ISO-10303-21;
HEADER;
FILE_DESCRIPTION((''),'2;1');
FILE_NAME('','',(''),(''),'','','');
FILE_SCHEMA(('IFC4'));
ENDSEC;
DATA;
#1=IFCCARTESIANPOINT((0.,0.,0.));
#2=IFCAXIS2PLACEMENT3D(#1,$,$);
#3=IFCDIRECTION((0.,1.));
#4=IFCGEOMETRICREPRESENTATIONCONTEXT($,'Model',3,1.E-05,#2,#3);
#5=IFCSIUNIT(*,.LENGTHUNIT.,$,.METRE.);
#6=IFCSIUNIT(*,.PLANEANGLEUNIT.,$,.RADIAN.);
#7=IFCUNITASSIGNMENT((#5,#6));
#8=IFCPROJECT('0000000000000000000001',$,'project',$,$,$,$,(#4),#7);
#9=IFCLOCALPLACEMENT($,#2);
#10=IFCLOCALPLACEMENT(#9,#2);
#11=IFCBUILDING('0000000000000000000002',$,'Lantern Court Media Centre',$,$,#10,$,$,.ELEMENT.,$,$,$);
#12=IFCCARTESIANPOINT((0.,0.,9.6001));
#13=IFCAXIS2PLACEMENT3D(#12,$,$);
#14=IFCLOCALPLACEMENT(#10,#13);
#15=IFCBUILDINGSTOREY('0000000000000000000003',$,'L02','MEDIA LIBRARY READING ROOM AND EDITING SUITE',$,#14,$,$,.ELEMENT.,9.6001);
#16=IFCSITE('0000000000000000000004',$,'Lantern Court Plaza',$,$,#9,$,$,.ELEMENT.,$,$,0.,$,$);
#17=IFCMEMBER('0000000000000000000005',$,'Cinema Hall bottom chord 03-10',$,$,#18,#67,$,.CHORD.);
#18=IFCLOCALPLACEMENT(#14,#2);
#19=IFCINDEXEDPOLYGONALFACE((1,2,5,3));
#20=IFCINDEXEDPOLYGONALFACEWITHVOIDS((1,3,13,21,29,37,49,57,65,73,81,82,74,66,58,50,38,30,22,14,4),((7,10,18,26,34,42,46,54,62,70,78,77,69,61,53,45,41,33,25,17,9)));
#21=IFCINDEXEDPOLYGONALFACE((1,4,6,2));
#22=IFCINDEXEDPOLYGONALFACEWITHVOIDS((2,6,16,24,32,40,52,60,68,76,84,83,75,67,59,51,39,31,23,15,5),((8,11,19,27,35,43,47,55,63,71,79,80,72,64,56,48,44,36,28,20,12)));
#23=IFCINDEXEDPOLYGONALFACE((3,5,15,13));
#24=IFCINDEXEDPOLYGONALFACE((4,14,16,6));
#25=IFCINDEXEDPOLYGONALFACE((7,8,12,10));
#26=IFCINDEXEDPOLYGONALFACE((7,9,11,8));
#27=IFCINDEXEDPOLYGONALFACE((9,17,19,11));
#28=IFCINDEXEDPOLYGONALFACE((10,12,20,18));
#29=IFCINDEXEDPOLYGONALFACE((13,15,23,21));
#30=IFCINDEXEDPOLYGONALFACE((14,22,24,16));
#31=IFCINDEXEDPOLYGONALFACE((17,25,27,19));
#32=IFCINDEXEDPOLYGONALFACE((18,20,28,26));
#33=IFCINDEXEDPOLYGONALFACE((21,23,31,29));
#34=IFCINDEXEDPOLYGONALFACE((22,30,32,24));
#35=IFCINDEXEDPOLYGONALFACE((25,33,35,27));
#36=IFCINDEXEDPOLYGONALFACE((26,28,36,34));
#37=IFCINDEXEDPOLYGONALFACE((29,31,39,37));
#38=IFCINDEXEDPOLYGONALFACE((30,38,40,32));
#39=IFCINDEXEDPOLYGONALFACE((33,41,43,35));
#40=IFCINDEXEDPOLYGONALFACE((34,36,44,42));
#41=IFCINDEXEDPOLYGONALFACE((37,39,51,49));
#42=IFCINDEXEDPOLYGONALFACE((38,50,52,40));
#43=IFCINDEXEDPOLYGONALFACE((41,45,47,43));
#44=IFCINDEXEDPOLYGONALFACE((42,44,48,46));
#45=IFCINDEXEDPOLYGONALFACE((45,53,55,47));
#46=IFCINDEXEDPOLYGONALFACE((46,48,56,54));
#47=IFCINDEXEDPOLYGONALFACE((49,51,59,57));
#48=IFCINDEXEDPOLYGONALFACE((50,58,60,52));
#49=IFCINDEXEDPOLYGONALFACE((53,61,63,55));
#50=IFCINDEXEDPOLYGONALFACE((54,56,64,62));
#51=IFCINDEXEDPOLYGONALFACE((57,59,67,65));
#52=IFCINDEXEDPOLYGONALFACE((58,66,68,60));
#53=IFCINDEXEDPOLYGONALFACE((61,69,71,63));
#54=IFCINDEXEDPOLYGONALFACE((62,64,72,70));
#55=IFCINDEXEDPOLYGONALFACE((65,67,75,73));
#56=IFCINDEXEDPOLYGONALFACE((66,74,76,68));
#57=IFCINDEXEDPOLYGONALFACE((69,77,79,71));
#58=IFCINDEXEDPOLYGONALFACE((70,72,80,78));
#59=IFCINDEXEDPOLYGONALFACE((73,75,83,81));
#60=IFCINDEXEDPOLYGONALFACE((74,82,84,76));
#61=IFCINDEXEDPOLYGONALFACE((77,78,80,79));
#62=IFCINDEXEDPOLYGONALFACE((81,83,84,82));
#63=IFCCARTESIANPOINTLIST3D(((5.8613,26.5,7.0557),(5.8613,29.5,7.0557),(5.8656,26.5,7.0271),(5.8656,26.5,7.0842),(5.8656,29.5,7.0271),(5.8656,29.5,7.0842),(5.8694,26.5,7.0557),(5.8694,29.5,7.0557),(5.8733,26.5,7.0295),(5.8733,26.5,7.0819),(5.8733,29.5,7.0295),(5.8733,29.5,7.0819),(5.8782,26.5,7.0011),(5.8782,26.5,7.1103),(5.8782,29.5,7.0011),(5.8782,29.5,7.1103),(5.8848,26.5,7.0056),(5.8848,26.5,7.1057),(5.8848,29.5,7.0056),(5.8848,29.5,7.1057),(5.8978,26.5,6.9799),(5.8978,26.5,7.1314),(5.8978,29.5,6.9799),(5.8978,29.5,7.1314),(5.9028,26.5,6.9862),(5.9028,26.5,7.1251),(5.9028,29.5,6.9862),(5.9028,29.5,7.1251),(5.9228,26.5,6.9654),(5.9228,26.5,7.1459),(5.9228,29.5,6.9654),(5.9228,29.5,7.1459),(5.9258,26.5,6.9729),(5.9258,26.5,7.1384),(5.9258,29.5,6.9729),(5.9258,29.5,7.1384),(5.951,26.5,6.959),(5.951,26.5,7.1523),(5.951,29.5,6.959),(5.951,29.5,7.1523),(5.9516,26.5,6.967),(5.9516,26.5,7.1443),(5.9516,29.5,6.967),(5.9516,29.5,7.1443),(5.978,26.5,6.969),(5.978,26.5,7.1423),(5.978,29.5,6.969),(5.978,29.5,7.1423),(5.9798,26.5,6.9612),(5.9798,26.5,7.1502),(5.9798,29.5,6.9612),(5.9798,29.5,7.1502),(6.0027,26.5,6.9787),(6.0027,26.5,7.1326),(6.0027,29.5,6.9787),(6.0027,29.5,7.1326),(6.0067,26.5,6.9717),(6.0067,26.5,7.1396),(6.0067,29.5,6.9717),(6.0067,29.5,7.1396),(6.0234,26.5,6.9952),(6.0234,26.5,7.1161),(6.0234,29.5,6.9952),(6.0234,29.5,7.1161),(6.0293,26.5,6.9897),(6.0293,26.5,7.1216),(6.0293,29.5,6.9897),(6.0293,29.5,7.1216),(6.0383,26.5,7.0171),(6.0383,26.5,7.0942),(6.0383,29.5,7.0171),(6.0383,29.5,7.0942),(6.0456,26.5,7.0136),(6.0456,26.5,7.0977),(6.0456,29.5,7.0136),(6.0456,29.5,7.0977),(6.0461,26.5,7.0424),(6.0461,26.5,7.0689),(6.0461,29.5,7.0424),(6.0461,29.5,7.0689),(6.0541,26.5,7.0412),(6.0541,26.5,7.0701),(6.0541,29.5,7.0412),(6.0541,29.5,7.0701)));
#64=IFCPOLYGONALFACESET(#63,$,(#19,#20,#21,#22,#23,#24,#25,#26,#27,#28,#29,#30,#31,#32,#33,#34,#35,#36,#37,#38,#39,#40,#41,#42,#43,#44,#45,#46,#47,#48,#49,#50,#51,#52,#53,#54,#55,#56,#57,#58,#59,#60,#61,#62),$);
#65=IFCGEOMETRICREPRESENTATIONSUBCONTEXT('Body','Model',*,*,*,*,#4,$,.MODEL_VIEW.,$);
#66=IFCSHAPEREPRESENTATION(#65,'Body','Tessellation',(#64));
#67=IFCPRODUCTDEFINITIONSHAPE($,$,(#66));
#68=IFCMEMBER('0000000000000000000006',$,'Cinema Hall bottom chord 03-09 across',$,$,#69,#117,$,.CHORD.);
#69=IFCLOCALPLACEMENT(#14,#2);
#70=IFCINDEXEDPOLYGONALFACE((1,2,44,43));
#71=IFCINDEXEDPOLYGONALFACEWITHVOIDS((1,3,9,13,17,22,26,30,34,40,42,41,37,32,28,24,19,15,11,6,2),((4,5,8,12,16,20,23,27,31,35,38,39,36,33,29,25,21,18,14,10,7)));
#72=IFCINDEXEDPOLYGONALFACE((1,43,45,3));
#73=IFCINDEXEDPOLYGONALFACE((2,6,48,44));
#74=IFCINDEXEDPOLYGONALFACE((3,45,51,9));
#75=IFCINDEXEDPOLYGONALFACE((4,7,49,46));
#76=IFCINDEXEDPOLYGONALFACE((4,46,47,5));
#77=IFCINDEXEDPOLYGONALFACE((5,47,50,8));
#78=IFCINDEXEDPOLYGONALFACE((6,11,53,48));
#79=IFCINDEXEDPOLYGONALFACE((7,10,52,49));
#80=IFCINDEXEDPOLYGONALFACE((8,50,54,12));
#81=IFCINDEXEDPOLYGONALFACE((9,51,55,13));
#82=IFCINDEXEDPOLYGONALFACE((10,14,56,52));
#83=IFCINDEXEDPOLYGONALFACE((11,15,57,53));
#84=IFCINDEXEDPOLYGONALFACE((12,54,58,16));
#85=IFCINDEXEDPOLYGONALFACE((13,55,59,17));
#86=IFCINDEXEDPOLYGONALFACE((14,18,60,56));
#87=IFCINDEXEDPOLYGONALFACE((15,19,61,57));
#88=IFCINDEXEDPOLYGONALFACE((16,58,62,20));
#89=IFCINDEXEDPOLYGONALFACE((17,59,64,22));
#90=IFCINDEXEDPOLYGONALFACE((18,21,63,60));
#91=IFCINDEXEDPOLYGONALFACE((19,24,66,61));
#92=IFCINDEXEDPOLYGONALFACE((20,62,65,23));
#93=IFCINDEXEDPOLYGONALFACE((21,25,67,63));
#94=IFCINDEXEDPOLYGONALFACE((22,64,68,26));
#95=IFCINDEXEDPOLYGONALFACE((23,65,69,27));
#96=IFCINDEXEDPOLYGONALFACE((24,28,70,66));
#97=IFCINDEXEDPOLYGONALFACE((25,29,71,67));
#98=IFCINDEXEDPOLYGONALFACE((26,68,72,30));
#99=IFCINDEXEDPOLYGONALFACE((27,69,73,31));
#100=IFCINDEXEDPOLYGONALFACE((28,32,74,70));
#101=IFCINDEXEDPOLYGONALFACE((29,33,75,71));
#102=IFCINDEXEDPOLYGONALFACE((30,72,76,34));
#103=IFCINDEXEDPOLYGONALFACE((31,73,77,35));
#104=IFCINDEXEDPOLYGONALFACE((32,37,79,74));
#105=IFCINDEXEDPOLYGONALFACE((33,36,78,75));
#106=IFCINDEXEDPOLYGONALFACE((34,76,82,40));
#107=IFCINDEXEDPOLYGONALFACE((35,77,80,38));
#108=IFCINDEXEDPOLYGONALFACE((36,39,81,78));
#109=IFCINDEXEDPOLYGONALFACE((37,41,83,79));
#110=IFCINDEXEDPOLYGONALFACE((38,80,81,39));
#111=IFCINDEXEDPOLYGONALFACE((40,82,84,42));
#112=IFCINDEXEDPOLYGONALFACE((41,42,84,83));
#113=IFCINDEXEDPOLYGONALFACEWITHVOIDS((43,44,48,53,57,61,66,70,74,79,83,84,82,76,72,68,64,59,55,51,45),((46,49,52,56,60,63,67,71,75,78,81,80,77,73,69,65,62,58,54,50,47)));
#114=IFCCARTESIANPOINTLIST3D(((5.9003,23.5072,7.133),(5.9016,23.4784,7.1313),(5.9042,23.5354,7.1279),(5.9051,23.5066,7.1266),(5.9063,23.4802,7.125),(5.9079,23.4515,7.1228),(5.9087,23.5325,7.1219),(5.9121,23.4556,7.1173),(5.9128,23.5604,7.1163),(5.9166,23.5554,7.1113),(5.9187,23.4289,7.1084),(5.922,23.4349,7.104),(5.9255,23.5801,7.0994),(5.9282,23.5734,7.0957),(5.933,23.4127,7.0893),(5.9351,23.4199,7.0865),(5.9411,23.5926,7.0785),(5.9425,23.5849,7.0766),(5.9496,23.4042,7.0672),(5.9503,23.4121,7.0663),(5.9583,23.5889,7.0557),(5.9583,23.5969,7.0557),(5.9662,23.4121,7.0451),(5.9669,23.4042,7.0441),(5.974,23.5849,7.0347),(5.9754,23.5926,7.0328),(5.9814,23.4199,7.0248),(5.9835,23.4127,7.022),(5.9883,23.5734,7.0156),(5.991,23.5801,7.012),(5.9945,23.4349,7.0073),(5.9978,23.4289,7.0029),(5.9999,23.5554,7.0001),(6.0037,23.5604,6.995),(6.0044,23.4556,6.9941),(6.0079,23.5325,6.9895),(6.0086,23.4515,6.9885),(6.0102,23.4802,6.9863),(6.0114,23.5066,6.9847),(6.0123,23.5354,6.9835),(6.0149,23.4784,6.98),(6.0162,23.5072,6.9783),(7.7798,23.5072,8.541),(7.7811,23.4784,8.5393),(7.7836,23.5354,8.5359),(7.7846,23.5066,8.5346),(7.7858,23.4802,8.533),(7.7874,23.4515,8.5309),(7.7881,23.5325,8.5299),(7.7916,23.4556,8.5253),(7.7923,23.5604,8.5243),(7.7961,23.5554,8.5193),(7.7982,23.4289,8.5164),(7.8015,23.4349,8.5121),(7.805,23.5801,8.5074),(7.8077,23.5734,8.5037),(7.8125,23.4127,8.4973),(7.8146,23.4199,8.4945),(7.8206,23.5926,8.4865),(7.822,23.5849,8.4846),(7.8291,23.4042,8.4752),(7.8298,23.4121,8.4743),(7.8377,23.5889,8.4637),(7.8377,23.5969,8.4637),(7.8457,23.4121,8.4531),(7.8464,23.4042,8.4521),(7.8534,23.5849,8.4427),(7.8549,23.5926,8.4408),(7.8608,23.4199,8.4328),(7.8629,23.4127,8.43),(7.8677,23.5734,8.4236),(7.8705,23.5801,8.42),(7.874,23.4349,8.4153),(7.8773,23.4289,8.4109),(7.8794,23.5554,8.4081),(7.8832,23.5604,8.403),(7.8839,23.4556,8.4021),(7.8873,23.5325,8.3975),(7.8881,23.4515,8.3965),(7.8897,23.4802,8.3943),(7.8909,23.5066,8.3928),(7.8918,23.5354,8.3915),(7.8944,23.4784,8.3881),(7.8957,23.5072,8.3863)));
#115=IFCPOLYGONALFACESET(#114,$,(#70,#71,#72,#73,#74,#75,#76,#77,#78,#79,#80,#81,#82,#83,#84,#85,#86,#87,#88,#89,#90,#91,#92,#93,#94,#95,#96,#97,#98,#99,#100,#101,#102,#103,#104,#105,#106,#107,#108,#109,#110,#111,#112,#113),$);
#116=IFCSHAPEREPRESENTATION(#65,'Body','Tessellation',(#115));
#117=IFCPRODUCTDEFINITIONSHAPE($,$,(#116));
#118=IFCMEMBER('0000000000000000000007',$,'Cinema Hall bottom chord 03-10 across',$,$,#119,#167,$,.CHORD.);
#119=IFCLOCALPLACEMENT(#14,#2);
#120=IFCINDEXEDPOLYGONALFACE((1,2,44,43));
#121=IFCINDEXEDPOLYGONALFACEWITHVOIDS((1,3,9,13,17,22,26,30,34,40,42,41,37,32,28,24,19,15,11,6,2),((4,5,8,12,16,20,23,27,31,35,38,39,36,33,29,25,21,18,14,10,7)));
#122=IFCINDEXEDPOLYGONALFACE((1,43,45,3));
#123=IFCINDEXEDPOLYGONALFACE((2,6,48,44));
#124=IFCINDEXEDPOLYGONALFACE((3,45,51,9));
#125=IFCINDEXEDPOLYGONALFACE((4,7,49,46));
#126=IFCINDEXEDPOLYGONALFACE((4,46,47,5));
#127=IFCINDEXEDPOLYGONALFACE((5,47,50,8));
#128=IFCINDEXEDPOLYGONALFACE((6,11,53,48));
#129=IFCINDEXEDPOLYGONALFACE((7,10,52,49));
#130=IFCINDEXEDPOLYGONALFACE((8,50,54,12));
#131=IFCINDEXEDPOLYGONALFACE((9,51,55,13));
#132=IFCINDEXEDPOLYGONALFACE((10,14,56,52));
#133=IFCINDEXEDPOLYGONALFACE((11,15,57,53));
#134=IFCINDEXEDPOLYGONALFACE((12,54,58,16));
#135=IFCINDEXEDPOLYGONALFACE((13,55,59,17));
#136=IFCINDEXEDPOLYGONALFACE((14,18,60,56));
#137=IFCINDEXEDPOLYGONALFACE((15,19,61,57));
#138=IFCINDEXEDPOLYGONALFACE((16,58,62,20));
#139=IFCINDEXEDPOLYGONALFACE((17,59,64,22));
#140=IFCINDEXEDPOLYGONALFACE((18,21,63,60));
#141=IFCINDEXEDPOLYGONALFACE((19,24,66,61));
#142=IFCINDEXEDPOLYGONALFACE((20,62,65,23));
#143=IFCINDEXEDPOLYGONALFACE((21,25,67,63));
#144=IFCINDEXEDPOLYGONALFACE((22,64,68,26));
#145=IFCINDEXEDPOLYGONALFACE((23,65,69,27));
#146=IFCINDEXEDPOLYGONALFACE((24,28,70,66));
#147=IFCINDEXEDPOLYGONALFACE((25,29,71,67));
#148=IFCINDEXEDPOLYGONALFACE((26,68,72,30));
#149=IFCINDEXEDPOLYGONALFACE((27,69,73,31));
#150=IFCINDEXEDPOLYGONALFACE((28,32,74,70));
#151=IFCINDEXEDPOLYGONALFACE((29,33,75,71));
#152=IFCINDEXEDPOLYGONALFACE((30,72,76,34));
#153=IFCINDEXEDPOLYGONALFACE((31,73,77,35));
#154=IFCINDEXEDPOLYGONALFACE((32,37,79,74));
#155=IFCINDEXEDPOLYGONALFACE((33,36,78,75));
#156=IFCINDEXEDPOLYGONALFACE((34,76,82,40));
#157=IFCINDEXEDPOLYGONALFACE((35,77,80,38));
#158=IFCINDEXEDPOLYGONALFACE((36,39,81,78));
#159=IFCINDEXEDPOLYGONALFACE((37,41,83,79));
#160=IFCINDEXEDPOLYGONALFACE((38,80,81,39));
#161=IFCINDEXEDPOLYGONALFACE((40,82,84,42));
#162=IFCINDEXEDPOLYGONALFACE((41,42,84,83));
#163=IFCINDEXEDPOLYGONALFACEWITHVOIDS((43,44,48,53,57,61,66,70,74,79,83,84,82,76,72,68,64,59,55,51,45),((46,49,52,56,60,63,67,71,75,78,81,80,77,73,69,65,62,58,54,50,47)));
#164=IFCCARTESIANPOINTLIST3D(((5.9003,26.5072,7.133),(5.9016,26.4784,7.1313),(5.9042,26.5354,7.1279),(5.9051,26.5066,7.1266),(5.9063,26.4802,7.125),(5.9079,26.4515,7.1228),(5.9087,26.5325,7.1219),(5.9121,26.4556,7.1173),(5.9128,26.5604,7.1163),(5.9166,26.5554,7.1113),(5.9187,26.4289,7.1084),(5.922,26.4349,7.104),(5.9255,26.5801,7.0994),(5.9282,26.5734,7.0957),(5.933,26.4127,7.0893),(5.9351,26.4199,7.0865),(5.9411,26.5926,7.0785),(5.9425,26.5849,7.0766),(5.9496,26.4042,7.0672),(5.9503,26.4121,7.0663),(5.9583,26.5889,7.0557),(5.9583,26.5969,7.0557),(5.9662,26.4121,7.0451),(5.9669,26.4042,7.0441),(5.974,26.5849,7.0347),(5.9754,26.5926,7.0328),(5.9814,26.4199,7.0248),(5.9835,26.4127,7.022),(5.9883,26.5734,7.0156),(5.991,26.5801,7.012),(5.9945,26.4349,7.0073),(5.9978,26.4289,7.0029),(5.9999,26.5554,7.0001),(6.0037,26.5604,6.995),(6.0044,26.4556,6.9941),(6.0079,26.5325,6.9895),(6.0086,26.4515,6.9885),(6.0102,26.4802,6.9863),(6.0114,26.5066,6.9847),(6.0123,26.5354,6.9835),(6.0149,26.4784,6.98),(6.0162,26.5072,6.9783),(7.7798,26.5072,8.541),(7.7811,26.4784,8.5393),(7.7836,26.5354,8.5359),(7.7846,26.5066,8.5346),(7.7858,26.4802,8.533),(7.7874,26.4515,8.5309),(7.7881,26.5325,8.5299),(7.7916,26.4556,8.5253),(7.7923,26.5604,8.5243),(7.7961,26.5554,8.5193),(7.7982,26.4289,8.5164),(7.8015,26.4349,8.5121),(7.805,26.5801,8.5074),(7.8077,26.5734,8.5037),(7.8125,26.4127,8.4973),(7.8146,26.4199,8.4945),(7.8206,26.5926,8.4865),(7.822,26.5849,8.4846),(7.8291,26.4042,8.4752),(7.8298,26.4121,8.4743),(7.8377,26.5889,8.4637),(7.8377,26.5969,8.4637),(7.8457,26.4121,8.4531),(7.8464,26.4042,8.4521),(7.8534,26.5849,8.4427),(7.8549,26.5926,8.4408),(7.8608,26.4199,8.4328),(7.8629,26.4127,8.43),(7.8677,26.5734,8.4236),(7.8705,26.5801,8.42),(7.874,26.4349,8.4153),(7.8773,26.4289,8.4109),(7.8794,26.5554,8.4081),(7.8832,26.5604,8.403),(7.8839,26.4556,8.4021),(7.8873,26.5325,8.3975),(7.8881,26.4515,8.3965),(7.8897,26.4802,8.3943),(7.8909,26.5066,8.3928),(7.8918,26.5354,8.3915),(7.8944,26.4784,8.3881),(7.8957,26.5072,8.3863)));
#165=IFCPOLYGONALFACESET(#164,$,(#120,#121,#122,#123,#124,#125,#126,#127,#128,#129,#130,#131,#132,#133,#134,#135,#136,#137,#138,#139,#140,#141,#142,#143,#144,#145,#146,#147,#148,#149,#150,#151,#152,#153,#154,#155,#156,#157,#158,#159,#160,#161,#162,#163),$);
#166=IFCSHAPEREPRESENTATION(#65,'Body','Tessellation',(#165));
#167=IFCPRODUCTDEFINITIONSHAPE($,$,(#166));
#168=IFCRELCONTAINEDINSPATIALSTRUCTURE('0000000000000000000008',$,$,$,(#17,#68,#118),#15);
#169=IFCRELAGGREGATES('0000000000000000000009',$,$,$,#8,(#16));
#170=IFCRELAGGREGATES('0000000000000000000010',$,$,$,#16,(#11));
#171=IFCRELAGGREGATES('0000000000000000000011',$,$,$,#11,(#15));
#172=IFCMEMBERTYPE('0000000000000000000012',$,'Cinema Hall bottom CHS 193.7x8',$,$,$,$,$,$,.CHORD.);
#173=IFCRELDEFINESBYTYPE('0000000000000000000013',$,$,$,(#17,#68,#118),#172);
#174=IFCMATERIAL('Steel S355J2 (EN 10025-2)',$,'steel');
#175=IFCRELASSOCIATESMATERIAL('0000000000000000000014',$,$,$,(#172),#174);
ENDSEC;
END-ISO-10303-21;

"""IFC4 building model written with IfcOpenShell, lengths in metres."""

from ifc_helpers import new_model, si_unit, direction, frame, origin, origin_2d, place, context, subcontext, project, spatial, hollow_circle, extrude, material, material_profile, profile_set, type_object, element, save


model = new_model("IFC4")

# Units and contexts
model_context = context("Model", 3, precision=1e-05, world=origin(), true_north=direction((0.0, 1.0)))
body_context = subcontext(model_context, "Body", "Model", "MODEL_VIEW")
ifc_project = project(units=[si_unit("LENGTHUNIT", "METRE"), si_unit("PLANEANGLEUNIT", "RADIAN")], contexts=[model_context])

# Site, building, storey
site_placement = place(None, origin())
site = spatial("IfcSite", under=ifc_project, at=site_placement, Name="Lantern Court Plaza", CompositionType="ELEMENT", RefElevation=0.0)
building_placement = place(site_placement, origin())
building = spatial("IfcBuilding", under=site, at=building_placement, Name="Lantern Court Media Centre", CompositionType="ELEMENT")
storey_placement = place(building_placement, frame((0.0, 0.0, 9.6001)))
storey = spatial("IfcBuildingStorey", under=building, at=storey_placement, Name="L02", Description="MEDIA LIBRARY READING ROOM AND EDITING SUITE", CompositionType="ELEMENT", Elevation=9.6001)

# Members
ifc_material = material(Name="Steel S355J2 (EN 10025-2)", Category="steel")
ifc_material_profile_1 = material_profile(ifc_material, hollow_circle(Radius=0.0969, WallThickness=0.0081, at=origin_2d()), Name="Cinema Hall bottom CHS 193.7x8")
ifc_profile_set_1 = profile_set([ifc_material_profile_1], Name="Steel S355J2 (EN 10025-2)")
member_type_1 = type_object("IfcMemberType", Name="Cinema Hall bottom CHS 193.7x8", PredefinedType="CHORD", material=ifc_profile_set_1)
for number, where, z_axis, x_axis, name in (
    (1, (5.9583, 26.5, 7.0557), (0.0, 1.0, 0.0), (-1.0, 0.0, 0.0), "Cinema Hall bottom chord 03-10"),
):
    element("IfcMember", number, at=place(storey_placement, frame(where, z_axis=z_axis, x_axis=x_axis)), inside=storey, type_object=member_type_1, Name=name, PredefinedType="CHORD", context=body_context, shape_type="SweptSolid", body=[
        extrude(hollow_circle(Radius=0.0969, WallThickness=0.0081, at=origin_2d()), origin(), (0.0, 0.0, 1.0), 3.0),
    ])
for number, where, z_axis, x_axis, name in (
    (2, (5.9583, 23.5, 7.0557), (0.800324, 0.0, 0.599567), (0.0, 1.0, 0.0), "Cinema Hall bottom chord 03-09 across"),
    (3, (5.9583, 26.5, 7.0557), (0.800324, 0.0, 0.599567), (0.0, 1.0, 0.0), "Cinema Hall bottom chord 03-10 across"),
):
    element("IfcMember", number, at=place(storey_placement, frame(where, z_axis=z_axis, x_axis=x_axis)), inside=storey, type_object=member_type_1, Name=name, PredefinedType="CHORD", context=body_context, shape_type="SweptSolid", body=[
        extrude(hollow_circle(Radius=0.0969, WallThickness=0.0081, at=origin_2d()), origin(), (0.0, 0.0, 1.0), 2.3484),
    ])

save(model, "model.ifc")
